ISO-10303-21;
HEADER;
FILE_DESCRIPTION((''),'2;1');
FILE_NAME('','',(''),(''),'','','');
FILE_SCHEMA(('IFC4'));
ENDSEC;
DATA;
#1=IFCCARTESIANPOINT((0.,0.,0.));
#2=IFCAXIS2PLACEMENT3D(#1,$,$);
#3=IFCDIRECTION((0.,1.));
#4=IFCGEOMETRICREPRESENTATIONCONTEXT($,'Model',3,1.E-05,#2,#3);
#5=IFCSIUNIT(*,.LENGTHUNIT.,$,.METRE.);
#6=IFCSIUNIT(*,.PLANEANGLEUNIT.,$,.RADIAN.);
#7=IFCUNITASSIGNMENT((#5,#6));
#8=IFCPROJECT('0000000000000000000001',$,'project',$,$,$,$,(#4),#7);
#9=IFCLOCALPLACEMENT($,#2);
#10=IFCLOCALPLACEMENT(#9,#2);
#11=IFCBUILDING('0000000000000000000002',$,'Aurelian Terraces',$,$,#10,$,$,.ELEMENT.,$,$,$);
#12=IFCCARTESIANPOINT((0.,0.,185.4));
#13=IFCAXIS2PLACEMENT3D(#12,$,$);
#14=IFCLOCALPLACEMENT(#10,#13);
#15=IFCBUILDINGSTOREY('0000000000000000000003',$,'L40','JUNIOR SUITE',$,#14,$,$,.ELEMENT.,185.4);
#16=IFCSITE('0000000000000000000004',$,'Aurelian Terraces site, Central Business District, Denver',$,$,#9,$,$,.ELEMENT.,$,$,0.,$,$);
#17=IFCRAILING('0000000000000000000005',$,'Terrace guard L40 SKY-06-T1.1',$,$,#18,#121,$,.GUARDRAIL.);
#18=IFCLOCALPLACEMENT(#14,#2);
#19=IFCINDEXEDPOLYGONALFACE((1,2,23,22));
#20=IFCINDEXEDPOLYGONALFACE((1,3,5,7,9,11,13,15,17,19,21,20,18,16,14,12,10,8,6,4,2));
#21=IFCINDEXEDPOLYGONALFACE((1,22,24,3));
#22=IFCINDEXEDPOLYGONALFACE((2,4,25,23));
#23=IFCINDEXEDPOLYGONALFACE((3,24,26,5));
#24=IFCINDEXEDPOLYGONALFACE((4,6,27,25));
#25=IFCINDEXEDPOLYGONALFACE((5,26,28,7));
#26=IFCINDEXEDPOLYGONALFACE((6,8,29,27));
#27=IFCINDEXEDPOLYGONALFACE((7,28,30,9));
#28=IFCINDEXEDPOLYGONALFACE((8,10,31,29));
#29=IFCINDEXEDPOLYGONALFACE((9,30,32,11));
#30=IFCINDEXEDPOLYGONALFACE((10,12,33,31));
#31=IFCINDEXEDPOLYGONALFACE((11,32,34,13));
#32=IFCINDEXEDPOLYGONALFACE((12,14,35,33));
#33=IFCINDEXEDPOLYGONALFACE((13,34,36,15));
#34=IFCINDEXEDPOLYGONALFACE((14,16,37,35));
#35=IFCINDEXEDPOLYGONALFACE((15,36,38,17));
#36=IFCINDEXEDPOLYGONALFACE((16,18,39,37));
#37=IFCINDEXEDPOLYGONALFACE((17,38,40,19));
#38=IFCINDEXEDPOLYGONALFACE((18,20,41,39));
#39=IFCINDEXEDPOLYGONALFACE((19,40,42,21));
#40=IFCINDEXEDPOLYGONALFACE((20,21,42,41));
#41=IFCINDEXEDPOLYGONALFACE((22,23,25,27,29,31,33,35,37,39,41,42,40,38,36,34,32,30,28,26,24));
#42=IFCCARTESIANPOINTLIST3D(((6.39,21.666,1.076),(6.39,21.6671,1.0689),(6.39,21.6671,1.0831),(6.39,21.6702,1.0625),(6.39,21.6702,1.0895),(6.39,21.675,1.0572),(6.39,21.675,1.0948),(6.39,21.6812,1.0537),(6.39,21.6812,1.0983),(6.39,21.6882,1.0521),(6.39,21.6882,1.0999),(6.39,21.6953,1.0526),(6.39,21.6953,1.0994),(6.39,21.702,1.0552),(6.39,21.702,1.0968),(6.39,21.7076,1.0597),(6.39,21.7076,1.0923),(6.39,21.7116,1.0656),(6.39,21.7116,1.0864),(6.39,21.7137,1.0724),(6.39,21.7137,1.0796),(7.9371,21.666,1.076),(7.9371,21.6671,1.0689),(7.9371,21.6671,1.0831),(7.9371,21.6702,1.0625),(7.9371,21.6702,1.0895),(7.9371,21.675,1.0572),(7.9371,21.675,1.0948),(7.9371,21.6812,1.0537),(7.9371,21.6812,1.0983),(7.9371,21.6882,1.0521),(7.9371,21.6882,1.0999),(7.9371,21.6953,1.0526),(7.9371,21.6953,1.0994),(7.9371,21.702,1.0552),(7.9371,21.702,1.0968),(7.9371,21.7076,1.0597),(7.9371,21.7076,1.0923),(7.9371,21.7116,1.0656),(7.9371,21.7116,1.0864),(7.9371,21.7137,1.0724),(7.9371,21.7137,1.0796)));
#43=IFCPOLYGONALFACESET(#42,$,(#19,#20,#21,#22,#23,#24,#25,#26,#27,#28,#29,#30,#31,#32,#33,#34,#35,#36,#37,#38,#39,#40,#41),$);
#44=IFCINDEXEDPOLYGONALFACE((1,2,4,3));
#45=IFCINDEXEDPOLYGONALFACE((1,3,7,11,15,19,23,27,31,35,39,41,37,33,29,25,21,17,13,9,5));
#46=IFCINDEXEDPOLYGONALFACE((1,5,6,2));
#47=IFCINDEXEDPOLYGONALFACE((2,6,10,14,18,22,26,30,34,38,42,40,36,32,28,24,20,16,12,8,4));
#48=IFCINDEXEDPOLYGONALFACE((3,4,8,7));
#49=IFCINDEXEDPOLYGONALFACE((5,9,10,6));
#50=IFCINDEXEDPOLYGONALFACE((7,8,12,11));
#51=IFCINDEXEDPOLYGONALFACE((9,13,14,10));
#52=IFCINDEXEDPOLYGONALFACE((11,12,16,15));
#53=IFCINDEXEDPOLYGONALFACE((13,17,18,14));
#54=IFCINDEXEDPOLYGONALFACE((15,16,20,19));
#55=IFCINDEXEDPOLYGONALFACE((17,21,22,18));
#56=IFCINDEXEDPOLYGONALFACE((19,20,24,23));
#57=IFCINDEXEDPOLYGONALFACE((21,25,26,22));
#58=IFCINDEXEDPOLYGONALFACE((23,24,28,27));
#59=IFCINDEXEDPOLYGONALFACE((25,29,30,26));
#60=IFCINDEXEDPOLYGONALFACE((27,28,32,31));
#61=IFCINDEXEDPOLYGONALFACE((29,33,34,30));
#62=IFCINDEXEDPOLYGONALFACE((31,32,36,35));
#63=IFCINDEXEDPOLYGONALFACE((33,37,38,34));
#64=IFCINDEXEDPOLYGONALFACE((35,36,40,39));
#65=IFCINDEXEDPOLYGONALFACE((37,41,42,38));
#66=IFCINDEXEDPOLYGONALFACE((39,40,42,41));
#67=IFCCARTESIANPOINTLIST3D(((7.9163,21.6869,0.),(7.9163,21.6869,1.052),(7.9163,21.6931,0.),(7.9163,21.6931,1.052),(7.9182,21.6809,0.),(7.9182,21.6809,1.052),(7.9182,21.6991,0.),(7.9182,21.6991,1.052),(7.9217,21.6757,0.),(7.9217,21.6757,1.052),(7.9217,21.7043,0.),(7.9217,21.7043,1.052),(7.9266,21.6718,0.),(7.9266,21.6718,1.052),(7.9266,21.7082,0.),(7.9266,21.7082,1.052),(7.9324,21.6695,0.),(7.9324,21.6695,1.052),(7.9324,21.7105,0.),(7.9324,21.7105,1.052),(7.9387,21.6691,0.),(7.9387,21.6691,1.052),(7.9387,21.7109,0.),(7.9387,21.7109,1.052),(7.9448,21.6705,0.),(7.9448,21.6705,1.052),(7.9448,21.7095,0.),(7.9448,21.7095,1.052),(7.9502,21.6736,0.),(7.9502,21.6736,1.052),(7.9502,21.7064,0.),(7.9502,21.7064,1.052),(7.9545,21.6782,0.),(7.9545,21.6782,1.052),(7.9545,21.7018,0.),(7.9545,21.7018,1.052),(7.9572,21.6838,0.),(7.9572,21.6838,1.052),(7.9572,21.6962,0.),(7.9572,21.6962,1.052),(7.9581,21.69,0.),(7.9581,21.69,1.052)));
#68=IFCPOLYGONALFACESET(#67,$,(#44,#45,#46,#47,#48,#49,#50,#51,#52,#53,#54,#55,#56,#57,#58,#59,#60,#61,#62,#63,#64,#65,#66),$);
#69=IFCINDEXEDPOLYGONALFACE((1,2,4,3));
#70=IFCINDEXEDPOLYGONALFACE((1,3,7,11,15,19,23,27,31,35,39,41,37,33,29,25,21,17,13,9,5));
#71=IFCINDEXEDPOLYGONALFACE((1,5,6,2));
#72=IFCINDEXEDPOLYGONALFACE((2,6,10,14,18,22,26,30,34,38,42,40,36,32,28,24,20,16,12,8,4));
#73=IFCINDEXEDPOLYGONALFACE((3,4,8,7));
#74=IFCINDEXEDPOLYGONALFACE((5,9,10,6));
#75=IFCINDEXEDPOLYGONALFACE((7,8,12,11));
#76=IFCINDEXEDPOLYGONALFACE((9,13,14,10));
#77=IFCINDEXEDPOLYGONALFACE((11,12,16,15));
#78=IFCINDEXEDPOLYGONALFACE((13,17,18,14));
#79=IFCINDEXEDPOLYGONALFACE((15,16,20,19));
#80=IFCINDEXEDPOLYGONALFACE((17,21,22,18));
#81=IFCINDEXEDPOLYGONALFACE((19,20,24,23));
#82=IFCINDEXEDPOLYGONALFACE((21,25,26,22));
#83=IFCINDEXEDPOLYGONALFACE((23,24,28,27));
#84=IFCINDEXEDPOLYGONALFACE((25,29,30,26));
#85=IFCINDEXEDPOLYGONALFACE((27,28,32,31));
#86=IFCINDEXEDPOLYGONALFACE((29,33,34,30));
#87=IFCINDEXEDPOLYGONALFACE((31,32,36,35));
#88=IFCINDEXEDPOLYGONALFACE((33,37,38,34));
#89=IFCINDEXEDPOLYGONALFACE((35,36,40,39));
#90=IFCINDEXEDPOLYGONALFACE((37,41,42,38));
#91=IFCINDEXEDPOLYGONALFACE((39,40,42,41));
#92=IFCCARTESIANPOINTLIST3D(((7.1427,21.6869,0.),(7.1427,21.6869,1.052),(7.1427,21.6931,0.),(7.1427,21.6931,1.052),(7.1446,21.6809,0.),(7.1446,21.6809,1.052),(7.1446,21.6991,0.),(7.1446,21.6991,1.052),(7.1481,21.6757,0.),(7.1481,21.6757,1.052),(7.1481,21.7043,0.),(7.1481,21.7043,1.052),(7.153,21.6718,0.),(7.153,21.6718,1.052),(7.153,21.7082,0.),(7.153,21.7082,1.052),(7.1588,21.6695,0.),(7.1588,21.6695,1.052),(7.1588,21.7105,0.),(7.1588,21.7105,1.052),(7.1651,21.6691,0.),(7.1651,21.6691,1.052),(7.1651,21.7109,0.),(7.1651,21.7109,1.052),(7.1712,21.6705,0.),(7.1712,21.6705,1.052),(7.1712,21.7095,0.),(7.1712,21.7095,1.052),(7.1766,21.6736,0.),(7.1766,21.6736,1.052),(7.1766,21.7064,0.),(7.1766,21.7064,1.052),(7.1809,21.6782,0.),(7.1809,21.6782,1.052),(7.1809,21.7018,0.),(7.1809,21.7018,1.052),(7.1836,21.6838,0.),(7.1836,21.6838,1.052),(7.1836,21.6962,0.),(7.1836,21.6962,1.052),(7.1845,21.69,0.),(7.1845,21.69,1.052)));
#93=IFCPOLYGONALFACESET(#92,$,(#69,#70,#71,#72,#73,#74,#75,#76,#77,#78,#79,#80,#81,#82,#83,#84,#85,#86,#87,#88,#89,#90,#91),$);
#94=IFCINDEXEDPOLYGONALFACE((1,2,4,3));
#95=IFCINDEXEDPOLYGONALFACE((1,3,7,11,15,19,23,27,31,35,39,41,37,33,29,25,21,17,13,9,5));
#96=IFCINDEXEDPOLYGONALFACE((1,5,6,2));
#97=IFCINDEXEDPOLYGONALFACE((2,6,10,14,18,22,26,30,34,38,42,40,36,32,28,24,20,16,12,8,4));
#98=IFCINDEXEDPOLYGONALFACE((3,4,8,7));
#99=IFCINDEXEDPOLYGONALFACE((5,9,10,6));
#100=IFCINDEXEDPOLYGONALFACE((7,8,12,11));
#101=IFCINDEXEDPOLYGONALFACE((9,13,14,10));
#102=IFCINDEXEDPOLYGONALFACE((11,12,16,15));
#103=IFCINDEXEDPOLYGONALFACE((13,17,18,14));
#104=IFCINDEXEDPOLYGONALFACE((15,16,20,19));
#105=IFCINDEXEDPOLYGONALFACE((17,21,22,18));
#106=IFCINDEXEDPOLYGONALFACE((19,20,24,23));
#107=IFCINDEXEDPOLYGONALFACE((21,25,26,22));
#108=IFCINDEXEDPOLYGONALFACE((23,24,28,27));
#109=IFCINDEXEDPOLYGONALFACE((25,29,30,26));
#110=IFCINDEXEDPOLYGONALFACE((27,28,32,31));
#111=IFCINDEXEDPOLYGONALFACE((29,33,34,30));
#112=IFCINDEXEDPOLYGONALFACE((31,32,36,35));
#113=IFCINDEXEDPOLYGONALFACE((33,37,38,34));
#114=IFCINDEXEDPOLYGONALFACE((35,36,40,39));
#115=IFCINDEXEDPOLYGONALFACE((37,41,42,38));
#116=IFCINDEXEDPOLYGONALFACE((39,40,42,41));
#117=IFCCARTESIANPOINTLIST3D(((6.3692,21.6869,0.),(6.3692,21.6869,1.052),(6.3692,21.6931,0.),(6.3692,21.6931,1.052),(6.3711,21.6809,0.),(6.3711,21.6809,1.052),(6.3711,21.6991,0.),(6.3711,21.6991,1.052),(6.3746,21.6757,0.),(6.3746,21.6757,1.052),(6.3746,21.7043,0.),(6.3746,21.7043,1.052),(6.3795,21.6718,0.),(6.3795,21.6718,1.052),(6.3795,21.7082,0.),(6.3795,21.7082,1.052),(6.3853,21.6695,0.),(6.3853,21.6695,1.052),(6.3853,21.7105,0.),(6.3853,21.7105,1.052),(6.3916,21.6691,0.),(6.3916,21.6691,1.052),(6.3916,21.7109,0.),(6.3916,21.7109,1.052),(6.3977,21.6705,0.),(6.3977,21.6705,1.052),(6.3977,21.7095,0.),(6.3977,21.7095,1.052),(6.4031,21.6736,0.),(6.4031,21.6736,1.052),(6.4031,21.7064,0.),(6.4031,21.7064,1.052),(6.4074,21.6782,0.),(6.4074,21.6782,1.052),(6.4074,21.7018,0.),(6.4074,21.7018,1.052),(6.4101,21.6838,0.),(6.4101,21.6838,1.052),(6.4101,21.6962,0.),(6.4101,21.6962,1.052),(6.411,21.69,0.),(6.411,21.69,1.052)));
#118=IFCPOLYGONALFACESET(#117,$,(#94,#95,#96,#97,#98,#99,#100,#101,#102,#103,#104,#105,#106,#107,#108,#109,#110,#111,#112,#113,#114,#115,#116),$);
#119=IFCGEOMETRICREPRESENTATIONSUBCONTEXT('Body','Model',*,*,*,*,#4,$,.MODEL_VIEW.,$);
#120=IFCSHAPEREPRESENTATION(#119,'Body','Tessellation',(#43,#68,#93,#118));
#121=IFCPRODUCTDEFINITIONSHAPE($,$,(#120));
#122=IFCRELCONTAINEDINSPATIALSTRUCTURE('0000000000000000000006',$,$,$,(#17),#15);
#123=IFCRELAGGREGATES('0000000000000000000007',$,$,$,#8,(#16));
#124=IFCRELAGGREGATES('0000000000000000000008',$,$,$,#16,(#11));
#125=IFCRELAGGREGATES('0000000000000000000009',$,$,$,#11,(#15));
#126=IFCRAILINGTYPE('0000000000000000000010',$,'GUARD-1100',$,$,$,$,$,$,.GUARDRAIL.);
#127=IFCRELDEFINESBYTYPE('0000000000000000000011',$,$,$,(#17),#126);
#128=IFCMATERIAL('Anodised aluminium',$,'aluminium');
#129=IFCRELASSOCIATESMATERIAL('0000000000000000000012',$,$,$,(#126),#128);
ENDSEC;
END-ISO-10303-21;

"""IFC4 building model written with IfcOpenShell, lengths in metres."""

from ifc_helpers import new_model, si_unit, direction, frame, origin, origin_2d, place, context, subcontext, project, spatial, circle, extrude, source, transform, mapped, material, type_object, element, save


model = new_model("IFC4")

# Units and contexts
model_context = context("Model", 3, precision=1e-05, world=origin(), true_north=direction((0.0, 1.0)))
body_context = subcontext(model_context, "Body", "Model", "MODEL_VIEW")
ifc_project = project(units=[si_unit("LENGTHUNIT", "METRE"), si_unit("PLANEANGLEUNIT", "RADIAN")], contexts=[model_context])

# Site, building, storey
site_placement = place(None, origin())
site = spatial("IfcSite", under=ifc_project, at=site_placement, Name="Aurelian Terraces site, Central Business District, Denver", CompositionType="ELEMENT", RefElevation=0.0)
building_placement = place(site_placement, origin())
building = spatial("IfcBuilding", under=site, at=building_placement, Name="Aurelian Terraces", CompositionType="ELEMENT")
storey_placement = place(building_placement, frame((0.0, 0.0, 185.4)))
storey = spatial("IfcBuildingStorey", under=building, at=storey_placement, Name="L40", Description="JUNIOR SUITE", CompositionType="ELEMENT", Elevation=185.4)

# Shared definitions
ifc_material_1 = material(Name="Anodised aluminium", Category="aluminium")

# Railing
railing_type = type_object("IfcRailingType", Name="GUARD-1100", PredefinedType="GUARDRAIL", material=ifc_material_1)
shared_shape_1 = source(origin(), body_context, "Body", "SweptSolid", [
    extrude(circle(Radius=0.024, at=origin_2d()), frame((0.0, 0.0, 1.076), z_axis=(-1.0, 0.0, 0.0), x_axis=(0.0, -1.0, 0.0)), (0.0, 0.0, 1.0), 1.5471),
    extrude(circle(Radius=0.021, at=origin_2d()), origin(), (0.0, 0.0, 1.0), 1.052),
    extrude(circle(Radius=0.021, at=origin_2d()), frame((-0.7736, 0.0, 0.0)), (0.0, 0.0, 1.0), 1.052),
    extrude(circle(Radius=0.021, at=origin_2d()), frame((-1.5471, 0.0, 0.0)), (0.0, 0.0, 1.0), 1.052),
])
railing_placement = place(storey_placement, frame((7.9371, 21.69, 0.0)))
element("IfcRailing", 1, at=railing_placement, inside=storey, type_object=railing_type, Name="Terrace guard L40 SKY-06-T1.1", PredefinedType="GUARDRAIL", context=body_context, shape_type="MappedRepresentation", body=[
    mapped(shared_shape_1, transform((0.0, 0.0, 0.0), scale=1.0)),
])

save(model, "model.ifc")
